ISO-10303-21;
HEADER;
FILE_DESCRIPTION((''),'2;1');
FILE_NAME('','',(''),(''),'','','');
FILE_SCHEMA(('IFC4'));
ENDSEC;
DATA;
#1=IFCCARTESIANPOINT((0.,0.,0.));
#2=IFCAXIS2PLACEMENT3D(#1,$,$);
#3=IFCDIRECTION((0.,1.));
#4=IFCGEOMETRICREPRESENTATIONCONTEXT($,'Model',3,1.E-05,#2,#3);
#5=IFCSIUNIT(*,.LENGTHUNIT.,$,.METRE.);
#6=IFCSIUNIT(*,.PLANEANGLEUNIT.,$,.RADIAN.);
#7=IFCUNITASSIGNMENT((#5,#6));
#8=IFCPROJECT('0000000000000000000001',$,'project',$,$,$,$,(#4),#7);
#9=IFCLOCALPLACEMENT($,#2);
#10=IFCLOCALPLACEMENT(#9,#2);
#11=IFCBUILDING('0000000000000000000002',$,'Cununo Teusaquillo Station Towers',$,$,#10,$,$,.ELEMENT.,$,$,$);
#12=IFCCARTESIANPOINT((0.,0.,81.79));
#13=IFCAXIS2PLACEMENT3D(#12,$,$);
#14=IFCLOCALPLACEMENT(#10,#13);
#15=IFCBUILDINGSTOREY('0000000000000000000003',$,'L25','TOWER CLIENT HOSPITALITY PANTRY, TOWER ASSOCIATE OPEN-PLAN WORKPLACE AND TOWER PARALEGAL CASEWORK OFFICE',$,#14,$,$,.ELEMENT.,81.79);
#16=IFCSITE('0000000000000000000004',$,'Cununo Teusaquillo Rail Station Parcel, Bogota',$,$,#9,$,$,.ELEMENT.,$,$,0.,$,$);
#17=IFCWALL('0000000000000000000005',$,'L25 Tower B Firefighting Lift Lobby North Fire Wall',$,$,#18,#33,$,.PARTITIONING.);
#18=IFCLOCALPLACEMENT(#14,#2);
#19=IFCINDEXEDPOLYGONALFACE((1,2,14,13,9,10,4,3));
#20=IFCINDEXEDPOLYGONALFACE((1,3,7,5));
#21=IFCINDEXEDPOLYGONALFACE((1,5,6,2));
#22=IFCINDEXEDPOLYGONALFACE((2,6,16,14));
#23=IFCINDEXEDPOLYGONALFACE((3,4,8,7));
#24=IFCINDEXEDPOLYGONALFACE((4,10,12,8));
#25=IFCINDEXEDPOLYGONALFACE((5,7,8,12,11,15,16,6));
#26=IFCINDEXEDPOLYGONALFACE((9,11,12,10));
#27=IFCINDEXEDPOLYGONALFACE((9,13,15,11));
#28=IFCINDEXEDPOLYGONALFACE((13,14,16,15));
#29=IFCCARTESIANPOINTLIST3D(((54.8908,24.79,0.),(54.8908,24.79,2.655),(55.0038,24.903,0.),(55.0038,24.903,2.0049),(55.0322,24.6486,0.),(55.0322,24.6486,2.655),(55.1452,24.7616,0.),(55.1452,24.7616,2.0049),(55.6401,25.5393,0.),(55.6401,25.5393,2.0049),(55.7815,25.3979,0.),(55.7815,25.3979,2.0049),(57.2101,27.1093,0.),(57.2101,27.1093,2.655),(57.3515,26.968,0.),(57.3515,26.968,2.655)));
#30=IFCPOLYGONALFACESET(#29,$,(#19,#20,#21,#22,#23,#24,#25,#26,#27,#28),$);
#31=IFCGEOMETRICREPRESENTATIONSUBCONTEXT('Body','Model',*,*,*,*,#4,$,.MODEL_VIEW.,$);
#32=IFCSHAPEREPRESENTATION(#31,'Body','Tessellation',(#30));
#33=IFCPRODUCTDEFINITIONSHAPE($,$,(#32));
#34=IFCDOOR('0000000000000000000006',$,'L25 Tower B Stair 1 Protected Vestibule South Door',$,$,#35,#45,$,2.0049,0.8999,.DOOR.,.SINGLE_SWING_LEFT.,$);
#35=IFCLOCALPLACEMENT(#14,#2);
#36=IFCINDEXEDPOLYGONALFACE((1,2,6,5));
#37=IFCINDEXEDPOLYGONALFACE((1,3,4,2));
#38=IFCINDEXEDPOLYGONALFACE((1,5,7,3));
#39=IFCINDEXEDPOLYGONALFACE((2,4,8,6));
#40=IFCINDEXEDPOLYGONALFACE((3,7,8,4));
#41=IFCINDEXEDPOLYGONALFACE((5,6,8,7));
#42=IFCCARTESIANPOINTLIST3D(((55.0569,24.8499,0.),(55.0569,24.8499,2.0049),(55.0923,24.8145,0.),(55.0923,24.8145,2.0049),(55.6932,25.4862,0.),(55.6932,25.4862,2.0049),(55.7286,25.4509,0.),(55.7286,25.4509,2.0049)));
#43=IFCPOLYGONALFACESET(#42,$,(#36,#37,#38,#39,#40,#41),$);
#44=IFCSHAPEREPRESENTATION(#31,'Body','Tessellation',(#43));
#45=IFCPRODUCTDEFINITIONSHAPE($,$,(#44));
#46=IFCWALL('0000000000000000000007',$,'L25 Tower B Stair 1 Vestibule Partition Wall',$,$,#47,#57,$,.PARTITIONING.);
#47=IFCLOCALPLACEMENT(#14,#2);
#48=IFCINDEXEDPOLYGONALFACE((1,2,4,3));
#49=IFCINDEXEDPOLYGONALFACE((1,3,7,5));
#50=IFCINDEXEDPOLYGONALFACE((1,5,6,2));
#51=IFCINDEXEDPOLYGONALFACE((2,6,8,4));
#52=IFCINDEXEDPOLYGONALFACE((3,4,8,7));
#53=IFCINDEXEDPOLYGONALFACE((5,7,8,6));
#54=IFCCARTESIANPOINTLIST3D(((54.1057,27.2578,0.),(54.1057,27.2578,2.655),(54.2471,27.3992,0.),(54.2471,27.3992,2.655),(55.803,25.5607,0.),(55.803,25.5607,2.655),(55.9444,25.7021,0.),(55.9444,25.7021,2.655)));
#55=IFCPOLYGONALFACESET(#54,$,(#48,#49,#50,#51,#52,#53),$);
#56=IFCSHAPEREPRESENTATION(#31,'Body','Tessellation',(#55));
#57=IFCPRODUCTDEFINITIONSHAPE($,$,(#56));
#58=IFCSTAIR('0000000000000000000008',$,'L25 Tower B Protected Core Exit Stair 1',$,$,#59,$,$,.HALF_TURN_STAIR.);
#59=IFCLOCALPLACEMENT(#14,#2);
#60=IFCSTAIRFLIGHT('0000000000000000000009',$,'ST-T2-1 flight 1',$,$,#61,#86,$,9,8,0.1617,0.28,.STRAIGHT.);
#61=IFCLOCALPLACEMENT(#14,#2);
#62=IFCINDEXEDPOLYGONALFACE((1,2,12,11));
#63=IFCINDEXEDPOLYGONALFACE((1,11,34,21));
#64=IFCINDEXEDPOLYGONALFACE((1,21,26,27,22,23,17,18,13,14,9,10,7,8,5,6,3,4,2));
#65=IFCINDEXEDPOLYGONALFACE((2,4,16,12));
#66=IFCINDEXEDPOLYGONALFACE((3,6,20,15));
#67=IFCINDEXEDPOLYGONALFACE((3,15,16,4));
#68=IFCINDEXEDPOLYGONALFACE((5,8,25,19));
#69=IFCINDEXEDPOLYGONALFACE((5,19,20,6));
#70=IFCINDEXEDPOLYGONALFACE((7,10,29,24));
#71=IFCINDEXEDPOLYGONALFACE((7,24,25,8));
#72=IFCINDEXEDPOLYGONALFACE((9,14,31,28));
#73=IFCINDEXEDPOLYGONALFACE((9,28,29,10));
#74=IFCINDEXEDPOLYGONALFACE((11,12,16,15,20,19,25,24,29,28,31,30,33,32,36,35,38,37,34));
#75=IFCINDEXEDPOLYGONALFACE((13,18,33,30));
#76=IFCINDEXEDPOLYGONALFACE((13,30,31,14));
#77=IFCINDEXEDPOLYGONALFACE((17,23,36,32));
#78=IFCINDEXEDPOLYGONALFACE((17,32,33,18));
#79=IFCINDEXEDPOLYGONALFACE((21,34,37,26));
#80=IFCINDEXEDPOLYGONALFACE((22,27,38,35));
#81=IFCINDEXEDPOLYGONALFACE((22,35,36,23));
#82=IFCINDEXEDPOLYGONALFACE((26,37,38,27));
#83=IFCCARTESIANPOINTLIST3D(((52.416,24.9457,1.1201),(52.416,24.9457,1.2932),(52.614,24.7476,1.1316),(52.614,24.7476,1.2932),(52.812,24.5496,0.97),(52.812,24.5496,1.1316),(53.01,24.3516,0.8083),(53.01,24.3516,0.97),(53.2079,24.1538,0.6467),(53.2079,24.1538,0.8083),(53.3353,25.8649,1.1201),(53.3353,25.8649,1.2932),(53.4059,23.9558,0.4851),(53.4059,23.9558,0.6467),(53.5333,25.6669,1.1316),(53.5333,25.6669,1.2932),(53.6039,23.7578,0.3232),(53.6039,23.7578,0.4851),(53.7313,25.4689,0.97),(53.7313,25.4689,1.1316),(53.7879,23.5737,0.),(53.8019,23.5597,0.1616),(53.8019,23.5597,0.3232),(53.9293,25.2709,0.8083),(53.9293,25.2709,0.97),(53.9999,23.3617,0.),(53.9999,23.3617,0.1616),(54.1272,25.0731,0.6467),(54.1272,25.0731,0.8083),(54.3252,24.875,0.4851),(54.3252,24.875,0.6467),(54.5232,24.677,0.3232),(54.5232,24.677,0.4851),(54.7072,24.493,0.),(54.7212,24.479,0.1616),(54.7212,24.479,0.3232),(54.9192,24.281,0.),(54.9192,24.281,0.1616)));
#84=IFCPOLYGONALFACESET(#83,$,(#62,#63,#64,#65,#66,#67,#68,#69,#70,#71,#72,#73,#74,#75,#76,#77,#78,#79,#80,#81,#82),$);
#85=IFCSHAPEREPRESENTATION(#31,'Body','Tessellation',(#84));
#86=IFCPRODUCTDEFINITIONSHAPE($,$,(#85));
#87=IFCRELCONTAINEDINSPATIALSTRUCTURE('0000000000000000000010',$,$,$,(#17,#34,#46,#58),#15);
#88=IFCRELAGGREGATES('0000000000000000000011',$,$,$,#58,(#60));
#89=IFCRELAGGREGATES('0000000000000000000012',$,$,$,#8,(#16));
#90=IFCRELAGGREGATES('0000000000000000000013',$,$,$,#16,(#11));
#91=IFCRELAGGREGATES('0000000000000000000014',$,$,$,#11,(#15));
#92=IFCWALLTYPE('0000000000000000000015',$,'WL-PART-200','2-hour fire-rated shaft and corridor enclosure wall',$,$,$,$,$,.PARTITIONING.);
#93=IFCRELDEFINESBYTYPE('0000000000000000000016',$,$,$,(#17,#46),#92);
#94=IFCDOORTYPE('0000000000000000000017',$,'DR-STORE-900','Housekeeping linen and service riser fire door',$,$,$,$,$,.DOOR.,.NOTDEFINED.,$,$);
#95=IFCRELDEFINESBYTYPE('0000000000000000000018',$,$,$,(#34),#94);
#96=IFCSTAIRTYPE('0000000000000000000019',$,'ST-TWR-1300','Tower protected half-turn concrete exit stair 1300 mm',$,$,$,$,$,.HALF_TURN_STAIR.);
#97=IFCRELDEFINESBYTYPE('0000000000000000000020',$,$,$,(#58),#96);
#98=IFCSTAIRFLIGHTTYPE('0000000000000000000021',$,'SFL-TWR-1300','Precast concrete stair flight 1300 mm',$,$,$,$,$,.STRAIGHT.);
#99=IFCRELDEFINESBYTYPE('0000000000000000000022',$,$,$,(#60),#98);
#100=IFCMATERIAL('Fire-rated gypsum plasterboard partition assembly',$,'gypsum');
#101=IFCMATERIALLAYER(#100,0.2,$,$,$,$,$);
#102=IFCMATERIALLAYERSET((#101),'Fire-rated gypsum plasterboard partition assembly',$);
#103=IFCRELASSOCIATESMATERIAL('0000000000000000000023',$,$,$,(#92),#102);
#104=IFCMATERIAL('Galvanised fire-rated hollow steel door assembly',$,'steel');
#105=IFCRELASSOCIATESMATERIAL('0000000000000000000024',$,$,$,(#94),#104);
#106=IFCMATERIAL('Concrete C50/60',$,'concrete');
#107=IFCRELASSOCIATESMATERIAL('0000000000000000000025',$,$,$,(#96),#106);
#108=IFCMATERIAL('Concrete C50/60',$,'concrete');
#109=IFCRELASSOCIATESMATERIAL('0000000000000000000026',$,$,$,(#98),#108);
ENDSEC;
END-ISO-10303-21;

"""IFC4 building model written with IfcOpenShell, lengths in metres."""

from ifc_helpers import new_model, si_unit, direction, frame, frame_2d, origin, place, context, subcontext, project, spatial, polyline, rectangle, outline, extrude, source, transform, mapped, material, layer, layer_set, type_object, element, fill, aggregate, save


model = new_model("IFC4")

# Units and contexts
model_context = context("Model", 3, precision=1e-05, world=origin(), true_north=direction((0.0, 1.0)))
body_context = subcontext(model_context, "Body", "Model", "MODEL_VIEW")
ifc_project = project(units=[si_unit("LENGTHUNIT", "METRE"), si_unit("PLANEANGLEUNIT", "RADIAN")], contexts=[model_context])

# Site, building, storey
site_placement = place(None, origin())
site = spatial("IfcSite", under=ifc_project, at=site_placement, Name="Cununo Teusaquillo Rail Station Parcel, Bogota", CompositionType="ELEMENT", RefElevation=0.0)
building_placement = place(site_placement, origin())
building = spatial("IfcBuilding", under=site, at=building_placement, Name="Cununo Teusaquillo Station Towers", CompositionType="ELEMENT")
storey_placement = place(building_placement, frame((0.0, 0.0, 81.79)))
storey = spatial("IfcBuildingStorey", under=building, at=storey_placement, Name="L25", Description="TOWER CLIENT HOSPITALITY PANTRY, TOWER ASSOCIATE OPEN-PLAN WORKPLACE AND TOWER PARALEGAL CASEWORK OFFICE", CompositionType="ELEMENT", Elevation=81.79)

# Wall, opening, door
ifc_material_1 = material(Name="Fire-rated gypsum plasterboard partition assembly", Category="gypsum")
ifc_layer_1 = layer(ifc_material_1, 0.2)
ifc_layer_set_1 = layer_set([ifc_layer_1], Name="Fire-rated gypsum plasterboard partition assembly")
wall_type_1 = type_object("IfcWallType", Name="WL-PART-200", Description="2-hour fire-rated shaft and corridor enclosure wall", PredefinedType="PARTITIONING", material=ifc_layer_set_1)
wall_1_placement = place(storey_placement, frame((54.9614, 24.7192, 0.0), z_axis=(0.0, 0.0, 1.0), x_axis=(0.707107, 0.707107, 0.0)))
wall_1 = element("IfcWall", 1, at=wall_1_placement, inside=storey, type_object=wall_type_1, Name="L25 Tower B Firefighting Lift Lobby North Fire Wall", PredefinedType="PARTITIONING", context=body_context, shape_type="SweptSolid", body=[
    extrude(rectangle(XDim=3.28, YDim=0.2, at=frame_2d((1.6401, 0.0))), origin(), (0.0, 0.0, 1.0), 2.655),
])
shared_shape_1 = source(origin(), body_context, "Body", "SweptSolid", [
    extrude(rectangle(XDim=0.8999, YDim=2.0049, at=frame_2d((0.45, 1.0024))), frame((0.0, 0.1099, 0.0), z_axis=(0.0, -1.0, 0.0), x_axis=(1.0, 0.0, 0.0)), (0.0, 0.0, 1.0), 0.22),
])
opening_1_placement = place(wall_1_placement, frame((0.1599, 0.0, 0.0)))
opening_1 = element("IfcOpeningElement", 2, at=opening_1_placement, cuts=wall_1, PredefinedType="OPENING", context=body_context, shape_type="MappedRepresentation", body=[
    mapped(shared_shape_1, transform((0.0, 0.0, 0.0), x_axis=(1.0, 0.0, 0.0), y_axis=(0.0, 1.0, 0.0), z_axis=(0.0, 0.0, 1.0), scale=1.0)),
])
ifc_material_2 = material(Name="Galvanised fire-rated hollow steel door assembly", Category="steel")
door_type_1 = type_object("IfcDoorType", Name="DR-STORE-900", Description="Housekeeping linen and service riser fire door", OperationType="NOTDEFINED", PredefinedType="DOOR", material=ifc_material_2)
shared_shape_2 = source(origin(), body_context, "Body", "SweptSolid", [
    extrude(rectangle(XDim=0.8999, YDim=2.0049, at=frame_2d((0.45, 1.0024))), frame((0.0, 0.0249, 0.0), z_axis=(0.0, -1.0, 0.0), x_axis=(1.0, 0.0, 0.0)), (0.0, 0.0, 1.0), 0.05),
])
door_1_placement = place(opening_1_placement, origin())
door_1 = element("IfcDoor", 3, at=door_1_placement, inside=storey, type_object=door_type_1, Name="L25 Tower B Stair 1 Protected Vestibule South Door", OperationType="SINGLE_SWING_LEFT", OverallHeight=2.0049, OverallWidth=0.8999, PredefinedType="DOOR", context=body_context, shape_type="MappedRepresentation", body=[
    mapped(shared_shape_2, transform((0.0, 0.0, 0.0), x_axis=(1.0, 0.0, 0.0), y_axis=(0.0, 1.0, 0.0), z_axis=(0.0, 0.0, 1.0), scale=1.0)),
])
fill(opening_1, door_1)

# Wall
wall_2_placement = place(storey_placement, frame((55.8738, 25.6313, 0.0), z_axis=(0.0, 0.0, 1.0), x_axis=(-0.707158, 0.707056, 0.0)))
element("IfcWall", 4, at=wall_2_placement, inside=storey, type_object=wall_type_1, Name="L25 Tower B Stair 1 Vestibule Partition Wall", PredefinedType="PARTITIONING", context=body_context, shape_type="SweptSolid", body=[
    extrude(rectangle(XDim=2.4001, YDim=0.2, at=frame_2d((1.2002, 0.0))), origin(), (0.0, 0.0, 1.0), 2.655),
])

# Stair, stair flight
ifc_material_3 = material(Name="Concrete C50/60", Category="concrete")
stair_type = type_object("IfcStairType", Name="ST-TWR-1300", Description="Tower protected half-turn concrete exit stair 1300 mm", PredefinedType="HALF_TURN_STAIR", material=ifc_material_3)
stair_placement = place(storey_placement, origin())
stair = element("IfcStair", 5, at=stair_placement, inside=storey, type_object=stair_type, Name="L25 Tower B Protected Core Exit Stair 1", PredefinedType="HALF_TURN_STAIR")
ifc_material_4 = material(Name="Concrete C50/60", Category="concrete")
stair_flight_type = type_object("IfcStairFlightType", Name="SFL-TWR-1300", Description="Precast concrete stair flight 1300 mm", PredefinedType="STRAIGHT", material=ifc_material_4)
stair_flight_placement = place(storey_placement, frame((54.4595, 23.8213, 0.0), z_axis=(0.0, 0.0, 1.0), x_axis=(-0.707107, 0.707107, 0.0)))
stair_flight = element("IfcStairFlight", 6, at=stair_flight_placement, type_object=stair_flight_type, Name="ST-T2-1 flight 1", NumberOfRisers=9, NumberOfTreads=8, PredefinedType="STRAIGHT", RiserHeight=0.1617, TreadLength=0.28, context=body_context, shape_type="SweptSolid", body=[
    extrude(outline(polyline([(0.0, 0.0), (0.0, 0.1616), (0.28, 0.1616), (0.28, 0.3232), (0.5601, 0.3232), (0.5601, 0.4851), (0.8401, 0.4851), (0.8401, 0.6467), (1.1201, 0.6467), (1.1201, 0.8083), (1.3999, 0.8083), (1.3999, 0.97), (1.6799, 0.97), (1.6799, 1.1316), (1.96, 1.1316), (1.96, 1.2932), (2.24, 1.2932), (2.24, 1.4551), (2.24, 1.1201), (0.2998, 0.0), (0.0, 0.0)])), frame((0.0, 0.6499, 0.0), z_axis=(0.0, -1.0, 0.0), x_axis=(1.0, 0.0, 0.0)), (0.0, 0.0, 1.0), 1.3),
])
aggregate(stair, [stair_flight])

save(model, "model.ifc")
